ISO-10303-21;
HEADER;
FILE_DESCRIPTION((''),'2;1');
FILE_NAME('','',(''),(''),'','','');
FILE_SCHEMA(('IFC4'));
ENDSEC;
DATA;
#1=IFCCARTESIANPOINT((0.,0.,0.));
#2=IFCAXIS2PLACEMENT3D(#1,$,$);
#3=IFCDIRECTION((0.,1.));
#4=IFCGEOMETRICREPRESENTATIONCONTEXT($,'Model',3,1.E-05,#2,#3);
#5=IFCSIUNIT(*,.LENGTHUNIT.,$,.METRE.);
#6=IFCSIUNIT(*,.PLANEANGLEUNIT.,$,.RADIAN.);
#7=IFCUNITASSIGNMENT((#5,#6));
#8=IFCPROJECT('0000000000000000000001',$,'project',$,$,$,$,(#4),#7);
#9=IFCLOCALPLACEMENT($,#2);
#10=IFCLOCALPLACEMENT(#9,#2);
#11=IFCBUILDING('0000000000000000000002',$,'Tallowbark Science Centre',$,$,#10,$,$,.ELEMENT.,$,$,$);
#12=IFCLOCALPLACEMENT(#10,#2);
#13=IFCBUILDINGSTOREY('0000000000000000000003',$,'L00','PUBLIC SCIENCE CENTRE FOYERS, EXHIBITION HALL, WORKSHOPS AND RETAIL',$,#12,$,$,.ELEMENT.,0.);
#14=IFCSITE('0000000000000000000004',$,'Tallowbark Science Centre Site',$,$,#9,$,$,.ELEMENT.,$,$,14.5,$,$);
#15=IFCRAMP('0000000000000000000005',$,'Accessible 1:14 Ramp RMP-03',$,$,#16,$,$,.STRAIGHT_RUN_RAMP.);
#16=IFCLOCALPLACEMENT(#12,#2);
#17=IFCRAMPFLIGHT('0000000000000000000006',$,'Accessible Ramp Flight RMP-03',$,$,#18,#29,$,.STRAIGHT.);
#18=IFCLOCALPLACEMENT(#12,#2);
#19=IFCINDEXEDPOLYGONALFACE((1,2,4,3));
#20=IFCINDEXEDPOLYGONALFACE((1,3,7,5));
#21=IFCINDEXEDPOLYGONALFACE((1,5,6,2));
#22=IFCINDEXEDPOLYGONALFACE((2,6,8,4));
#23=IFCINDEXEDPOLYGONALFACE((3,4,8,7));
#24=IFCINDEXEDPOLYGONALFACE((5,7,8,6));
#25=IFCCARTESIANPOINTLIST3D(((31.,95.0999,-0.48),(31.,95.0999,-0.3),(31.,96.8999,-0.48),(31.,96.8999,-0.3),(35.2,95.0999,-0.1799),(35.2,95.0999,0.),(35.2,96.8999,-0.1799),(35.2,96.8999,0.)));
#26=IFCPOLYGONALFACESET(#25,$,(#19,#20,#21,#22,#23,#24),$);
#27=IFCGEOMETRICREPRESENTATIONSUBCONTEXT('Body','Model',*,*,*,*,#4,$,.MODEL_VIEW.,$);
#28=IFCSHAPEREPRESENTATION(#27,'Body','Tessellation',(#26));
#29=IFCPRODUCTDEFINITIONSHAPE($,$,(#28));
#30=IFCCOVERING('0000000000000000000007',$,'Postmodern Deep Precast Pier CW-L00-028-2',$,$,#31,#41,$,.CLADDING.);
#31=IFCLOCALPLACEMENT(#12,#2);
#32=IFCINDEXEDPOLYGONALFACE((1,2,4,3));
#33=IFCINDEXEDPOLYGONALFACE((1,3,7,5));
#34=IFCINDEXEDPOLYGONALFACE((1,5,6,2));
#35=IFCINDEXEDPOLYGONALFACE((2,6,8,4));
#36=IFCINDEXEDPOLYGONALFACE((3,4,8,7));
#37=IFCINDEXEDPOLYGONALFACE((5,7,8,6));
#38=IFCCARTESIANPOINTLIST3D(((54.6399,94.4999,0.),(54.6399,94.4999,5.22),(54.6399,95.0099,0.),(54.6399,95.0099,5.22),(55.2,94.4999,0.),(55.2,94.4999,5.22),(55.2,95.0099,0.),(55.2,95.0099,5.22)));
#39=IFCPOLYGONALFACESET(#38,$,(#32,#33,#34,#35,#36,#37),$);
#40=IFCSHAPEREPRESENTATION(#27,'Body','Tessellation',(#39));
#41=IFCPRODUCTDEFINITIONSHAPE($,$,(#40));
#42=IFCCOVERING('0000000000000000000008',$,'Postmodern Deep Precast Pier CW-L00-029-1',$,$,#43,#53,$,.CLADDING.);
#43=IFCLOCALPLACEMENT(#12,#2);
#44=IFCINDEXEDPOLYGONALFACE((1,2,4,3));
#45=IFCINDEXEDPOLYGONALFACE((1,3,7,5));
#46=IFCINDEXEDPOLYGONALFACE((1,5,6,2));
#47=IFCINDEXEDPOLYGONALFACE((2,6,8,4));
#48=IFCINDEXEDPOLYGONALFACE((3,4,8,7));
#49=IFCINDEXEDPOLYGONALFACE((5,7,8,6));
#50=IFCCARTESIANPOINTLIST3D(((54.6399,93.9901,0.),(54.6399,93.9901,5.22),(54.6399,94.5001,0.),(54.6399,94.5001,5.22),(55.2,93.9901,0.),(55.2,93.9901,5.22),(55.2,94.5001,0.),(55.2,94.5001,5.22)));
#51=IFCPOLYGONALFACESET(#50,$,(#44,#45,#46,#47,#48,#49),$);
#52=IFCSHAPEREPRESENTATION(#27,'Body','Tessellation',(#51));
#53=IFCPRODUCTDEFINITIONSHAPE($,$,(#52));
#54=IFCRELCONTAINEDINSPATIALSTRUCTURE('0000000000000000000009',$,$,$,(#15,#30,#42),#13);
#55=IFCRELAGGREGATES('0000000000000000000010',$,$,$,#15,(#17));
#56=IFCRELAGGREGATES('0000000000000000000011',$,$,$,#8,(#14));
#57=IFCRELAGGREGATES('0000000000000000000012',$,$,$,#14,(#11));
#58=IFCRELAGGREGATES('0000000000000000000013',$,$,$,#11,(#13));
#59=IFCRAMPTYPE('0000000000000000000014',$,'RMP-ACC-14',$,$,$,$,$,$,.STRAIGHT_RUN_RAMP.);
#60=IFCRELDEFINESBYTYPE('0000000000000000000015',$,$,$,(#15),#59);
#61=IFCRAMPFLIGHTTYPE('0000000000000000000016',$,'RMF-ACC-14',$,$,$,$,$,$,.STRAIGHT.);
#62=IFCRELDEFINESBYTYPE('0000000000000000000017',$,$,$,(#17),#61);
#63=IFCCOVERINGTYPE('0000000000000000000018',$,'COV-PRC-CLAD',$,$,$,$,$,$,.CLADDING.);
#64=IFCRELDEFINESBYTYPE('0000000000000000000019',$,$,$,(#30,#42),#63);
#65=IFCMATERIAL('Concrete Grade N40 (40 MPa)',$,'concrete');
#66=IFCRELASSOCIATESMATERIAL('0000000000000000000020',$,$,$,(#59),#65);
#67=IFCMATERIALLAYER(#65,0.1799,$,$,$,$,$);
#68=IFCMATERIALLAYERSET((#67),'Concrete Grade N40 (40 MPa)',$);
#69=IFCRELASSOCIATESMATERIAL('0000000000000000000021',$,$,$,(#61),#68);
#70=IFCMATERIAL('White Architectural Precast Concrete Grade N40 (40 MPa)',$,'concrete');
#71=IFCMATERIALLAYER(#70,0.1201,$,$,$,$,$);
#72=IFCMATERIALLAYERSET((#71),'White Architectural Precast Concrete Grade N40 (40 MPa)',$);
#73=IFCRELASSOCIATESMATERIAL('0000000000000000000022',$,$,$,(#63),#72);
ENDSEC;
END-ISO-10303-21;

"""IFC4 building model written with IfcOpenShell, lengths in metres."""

from ifc_helpers import new_model, si_unit, direction, frame, origin, origin_2d, place, context, subcontext, project, spatial, polyline, rectangle, outline, extrude, material, layer, layer_set, type_object, element, aggregate, save


model = new_model("IFC4")

# Units and contexts
model_context = context("Model", 3, precision=1e-05, world=origin(), true_north=direction((0.0, 1.0)))
body_context = subcontext(model_context, "Body", "Model", "MODEL_VIEW")
ifc_project = project(units=[si_unit("LENGTHUNIT", "METRE"), si_unit("PLANEANGLEUNIT", "RADIAN")], contexts=[model_context])

# Site, building, storey
site_placement = place(None, origin())
site = spatial("IfcSite", under=ifc_project, at=site_placement, Name="Tallowbark Science Centre Site", CompositionType="ELEMENT", RefElevation=14.5)
building_placement = place(site_placement, origin())
building = spatial("IfcBuilding", under=site, at=building_placement, Name="Tallowbark Science Centre", CompositionType="ELEMENT")
storey_placement = place(building_placement, origin())
storey = spatial("IfcBuildingStorey", under=building, at=storey_placement, Name="L00", Description="PUBLIC SCIENCE CENTRE FOYERS, EXHIBITION HALL, WORKSHOPS AND RETAIL", CompositionType="ELEMENT", Elevation=0.0)

# Shared definitions
ifc_material_1 = material(Name="Concrete Grade N40 (40 MPa)", Category="concrete")

# Ramp, ramp flight
ramp_type = type_object("IfcRampType", Name="RMP-ACC-14", PredefinedType="STRAIGHT_RUN_RAMP", material=ifc_material_1)
ramp_placement = place(storey_placement, origin())
ramp = element("IfcRamp", 1, at=ramp_placement, inside=storey, type_object=ramp_type, Name="Accessible 1:14 Ramp RMP-03", PredefinedType="STRAIGHT_RUN_RAMP")
ifc_layer_1 = layer(ifc_material_1, 0.1799)
ifc_layer_set_1 = layer_set([ifc_layer_1], Name="Concrete Grade N40 (40 MPa)")
ramp_flight_type = type_object("IfcRampFlightType", Name="RMF-ACC-14", PredefinedType="STRAIGHT", material=ifc_layer_set_1)
ramp_flight_placement = place(storey_placement, frame((31.0, 96.0, -0.3), z_axis=(0.0, 0.0, 1.0), x_axis=(1.0, 0.0, 0.0)))
ramp_flight = element("IfcRampFlight", 2, at=ramp_flight_placement, type_object=ramp_flight_type, Name="Accessible Ramp Flight RMP-03", PredefinedType="STRAIGHT", context=body_context, shape_type="SweptSolid", body=[
    extrude(outline(polyline([(0.0, 0.0), (0.0, -0.1799), (4.2, 0.1201), (4.2, 0.3), (0.0, 0.0)])), frame((0.0, 0.8999, 0.0), z_axis=(0.0, -1.0, 0.0), x_axis=(1.0, 0.0, 0.0)), (0.0, 0.0, 1.0), 1.8),
])
aggregate(ramp, [ramp_flight])

# Coverings
ifc_material_2 = material(Name="White Architectural Precast Concrete Grade N40 (40 MPa)", Category="concrete")
ifc_layer_2 = layer(ifc_material_2, 0.1201)
ifc_layer_set_2 = layer_set([ifc_layer_2], Name="White Architectural Precast Concrete Grade N40 (40 MPa)")
covering_type = type_object("IfcCoveringType", Name="COV-PRC-CLAD", PredefinedType="CLADDING", material=ifc_layer_set_2)
for number, where, z_axis, x_axis, name in (
    (3, (54.9199, 94.7549, 0.0), (0.0, 0.0, 1.0), (0.0, -1.0, 0.0), "Postmodern Deep Precast Pier CW-L00-028-2"),
    (4, (54.9199, 94.2451, 0.0), (0.0, 0.0, 1.0), (0.0, -1.0, 0.0), "Postmodern Deep Precast Pier CW-L00-029-1"),
):
    element("IfcCovering", number, at=place(storey_placement, frame(where, z_axis=z_axis, x_axis=x_axis)), inside=storey, type_object=covering_type, Name=name, PredefinedType="CLADDING", context=body_context, shape_type="SweptSolid", body=[
        extrude(rectangle(XDim=0.51, YDim=0.5601, at=origin_2d()), origin(), (0.0, 0.0, 1.0), 5.22),
    ])

save(model, "model.ifc")
